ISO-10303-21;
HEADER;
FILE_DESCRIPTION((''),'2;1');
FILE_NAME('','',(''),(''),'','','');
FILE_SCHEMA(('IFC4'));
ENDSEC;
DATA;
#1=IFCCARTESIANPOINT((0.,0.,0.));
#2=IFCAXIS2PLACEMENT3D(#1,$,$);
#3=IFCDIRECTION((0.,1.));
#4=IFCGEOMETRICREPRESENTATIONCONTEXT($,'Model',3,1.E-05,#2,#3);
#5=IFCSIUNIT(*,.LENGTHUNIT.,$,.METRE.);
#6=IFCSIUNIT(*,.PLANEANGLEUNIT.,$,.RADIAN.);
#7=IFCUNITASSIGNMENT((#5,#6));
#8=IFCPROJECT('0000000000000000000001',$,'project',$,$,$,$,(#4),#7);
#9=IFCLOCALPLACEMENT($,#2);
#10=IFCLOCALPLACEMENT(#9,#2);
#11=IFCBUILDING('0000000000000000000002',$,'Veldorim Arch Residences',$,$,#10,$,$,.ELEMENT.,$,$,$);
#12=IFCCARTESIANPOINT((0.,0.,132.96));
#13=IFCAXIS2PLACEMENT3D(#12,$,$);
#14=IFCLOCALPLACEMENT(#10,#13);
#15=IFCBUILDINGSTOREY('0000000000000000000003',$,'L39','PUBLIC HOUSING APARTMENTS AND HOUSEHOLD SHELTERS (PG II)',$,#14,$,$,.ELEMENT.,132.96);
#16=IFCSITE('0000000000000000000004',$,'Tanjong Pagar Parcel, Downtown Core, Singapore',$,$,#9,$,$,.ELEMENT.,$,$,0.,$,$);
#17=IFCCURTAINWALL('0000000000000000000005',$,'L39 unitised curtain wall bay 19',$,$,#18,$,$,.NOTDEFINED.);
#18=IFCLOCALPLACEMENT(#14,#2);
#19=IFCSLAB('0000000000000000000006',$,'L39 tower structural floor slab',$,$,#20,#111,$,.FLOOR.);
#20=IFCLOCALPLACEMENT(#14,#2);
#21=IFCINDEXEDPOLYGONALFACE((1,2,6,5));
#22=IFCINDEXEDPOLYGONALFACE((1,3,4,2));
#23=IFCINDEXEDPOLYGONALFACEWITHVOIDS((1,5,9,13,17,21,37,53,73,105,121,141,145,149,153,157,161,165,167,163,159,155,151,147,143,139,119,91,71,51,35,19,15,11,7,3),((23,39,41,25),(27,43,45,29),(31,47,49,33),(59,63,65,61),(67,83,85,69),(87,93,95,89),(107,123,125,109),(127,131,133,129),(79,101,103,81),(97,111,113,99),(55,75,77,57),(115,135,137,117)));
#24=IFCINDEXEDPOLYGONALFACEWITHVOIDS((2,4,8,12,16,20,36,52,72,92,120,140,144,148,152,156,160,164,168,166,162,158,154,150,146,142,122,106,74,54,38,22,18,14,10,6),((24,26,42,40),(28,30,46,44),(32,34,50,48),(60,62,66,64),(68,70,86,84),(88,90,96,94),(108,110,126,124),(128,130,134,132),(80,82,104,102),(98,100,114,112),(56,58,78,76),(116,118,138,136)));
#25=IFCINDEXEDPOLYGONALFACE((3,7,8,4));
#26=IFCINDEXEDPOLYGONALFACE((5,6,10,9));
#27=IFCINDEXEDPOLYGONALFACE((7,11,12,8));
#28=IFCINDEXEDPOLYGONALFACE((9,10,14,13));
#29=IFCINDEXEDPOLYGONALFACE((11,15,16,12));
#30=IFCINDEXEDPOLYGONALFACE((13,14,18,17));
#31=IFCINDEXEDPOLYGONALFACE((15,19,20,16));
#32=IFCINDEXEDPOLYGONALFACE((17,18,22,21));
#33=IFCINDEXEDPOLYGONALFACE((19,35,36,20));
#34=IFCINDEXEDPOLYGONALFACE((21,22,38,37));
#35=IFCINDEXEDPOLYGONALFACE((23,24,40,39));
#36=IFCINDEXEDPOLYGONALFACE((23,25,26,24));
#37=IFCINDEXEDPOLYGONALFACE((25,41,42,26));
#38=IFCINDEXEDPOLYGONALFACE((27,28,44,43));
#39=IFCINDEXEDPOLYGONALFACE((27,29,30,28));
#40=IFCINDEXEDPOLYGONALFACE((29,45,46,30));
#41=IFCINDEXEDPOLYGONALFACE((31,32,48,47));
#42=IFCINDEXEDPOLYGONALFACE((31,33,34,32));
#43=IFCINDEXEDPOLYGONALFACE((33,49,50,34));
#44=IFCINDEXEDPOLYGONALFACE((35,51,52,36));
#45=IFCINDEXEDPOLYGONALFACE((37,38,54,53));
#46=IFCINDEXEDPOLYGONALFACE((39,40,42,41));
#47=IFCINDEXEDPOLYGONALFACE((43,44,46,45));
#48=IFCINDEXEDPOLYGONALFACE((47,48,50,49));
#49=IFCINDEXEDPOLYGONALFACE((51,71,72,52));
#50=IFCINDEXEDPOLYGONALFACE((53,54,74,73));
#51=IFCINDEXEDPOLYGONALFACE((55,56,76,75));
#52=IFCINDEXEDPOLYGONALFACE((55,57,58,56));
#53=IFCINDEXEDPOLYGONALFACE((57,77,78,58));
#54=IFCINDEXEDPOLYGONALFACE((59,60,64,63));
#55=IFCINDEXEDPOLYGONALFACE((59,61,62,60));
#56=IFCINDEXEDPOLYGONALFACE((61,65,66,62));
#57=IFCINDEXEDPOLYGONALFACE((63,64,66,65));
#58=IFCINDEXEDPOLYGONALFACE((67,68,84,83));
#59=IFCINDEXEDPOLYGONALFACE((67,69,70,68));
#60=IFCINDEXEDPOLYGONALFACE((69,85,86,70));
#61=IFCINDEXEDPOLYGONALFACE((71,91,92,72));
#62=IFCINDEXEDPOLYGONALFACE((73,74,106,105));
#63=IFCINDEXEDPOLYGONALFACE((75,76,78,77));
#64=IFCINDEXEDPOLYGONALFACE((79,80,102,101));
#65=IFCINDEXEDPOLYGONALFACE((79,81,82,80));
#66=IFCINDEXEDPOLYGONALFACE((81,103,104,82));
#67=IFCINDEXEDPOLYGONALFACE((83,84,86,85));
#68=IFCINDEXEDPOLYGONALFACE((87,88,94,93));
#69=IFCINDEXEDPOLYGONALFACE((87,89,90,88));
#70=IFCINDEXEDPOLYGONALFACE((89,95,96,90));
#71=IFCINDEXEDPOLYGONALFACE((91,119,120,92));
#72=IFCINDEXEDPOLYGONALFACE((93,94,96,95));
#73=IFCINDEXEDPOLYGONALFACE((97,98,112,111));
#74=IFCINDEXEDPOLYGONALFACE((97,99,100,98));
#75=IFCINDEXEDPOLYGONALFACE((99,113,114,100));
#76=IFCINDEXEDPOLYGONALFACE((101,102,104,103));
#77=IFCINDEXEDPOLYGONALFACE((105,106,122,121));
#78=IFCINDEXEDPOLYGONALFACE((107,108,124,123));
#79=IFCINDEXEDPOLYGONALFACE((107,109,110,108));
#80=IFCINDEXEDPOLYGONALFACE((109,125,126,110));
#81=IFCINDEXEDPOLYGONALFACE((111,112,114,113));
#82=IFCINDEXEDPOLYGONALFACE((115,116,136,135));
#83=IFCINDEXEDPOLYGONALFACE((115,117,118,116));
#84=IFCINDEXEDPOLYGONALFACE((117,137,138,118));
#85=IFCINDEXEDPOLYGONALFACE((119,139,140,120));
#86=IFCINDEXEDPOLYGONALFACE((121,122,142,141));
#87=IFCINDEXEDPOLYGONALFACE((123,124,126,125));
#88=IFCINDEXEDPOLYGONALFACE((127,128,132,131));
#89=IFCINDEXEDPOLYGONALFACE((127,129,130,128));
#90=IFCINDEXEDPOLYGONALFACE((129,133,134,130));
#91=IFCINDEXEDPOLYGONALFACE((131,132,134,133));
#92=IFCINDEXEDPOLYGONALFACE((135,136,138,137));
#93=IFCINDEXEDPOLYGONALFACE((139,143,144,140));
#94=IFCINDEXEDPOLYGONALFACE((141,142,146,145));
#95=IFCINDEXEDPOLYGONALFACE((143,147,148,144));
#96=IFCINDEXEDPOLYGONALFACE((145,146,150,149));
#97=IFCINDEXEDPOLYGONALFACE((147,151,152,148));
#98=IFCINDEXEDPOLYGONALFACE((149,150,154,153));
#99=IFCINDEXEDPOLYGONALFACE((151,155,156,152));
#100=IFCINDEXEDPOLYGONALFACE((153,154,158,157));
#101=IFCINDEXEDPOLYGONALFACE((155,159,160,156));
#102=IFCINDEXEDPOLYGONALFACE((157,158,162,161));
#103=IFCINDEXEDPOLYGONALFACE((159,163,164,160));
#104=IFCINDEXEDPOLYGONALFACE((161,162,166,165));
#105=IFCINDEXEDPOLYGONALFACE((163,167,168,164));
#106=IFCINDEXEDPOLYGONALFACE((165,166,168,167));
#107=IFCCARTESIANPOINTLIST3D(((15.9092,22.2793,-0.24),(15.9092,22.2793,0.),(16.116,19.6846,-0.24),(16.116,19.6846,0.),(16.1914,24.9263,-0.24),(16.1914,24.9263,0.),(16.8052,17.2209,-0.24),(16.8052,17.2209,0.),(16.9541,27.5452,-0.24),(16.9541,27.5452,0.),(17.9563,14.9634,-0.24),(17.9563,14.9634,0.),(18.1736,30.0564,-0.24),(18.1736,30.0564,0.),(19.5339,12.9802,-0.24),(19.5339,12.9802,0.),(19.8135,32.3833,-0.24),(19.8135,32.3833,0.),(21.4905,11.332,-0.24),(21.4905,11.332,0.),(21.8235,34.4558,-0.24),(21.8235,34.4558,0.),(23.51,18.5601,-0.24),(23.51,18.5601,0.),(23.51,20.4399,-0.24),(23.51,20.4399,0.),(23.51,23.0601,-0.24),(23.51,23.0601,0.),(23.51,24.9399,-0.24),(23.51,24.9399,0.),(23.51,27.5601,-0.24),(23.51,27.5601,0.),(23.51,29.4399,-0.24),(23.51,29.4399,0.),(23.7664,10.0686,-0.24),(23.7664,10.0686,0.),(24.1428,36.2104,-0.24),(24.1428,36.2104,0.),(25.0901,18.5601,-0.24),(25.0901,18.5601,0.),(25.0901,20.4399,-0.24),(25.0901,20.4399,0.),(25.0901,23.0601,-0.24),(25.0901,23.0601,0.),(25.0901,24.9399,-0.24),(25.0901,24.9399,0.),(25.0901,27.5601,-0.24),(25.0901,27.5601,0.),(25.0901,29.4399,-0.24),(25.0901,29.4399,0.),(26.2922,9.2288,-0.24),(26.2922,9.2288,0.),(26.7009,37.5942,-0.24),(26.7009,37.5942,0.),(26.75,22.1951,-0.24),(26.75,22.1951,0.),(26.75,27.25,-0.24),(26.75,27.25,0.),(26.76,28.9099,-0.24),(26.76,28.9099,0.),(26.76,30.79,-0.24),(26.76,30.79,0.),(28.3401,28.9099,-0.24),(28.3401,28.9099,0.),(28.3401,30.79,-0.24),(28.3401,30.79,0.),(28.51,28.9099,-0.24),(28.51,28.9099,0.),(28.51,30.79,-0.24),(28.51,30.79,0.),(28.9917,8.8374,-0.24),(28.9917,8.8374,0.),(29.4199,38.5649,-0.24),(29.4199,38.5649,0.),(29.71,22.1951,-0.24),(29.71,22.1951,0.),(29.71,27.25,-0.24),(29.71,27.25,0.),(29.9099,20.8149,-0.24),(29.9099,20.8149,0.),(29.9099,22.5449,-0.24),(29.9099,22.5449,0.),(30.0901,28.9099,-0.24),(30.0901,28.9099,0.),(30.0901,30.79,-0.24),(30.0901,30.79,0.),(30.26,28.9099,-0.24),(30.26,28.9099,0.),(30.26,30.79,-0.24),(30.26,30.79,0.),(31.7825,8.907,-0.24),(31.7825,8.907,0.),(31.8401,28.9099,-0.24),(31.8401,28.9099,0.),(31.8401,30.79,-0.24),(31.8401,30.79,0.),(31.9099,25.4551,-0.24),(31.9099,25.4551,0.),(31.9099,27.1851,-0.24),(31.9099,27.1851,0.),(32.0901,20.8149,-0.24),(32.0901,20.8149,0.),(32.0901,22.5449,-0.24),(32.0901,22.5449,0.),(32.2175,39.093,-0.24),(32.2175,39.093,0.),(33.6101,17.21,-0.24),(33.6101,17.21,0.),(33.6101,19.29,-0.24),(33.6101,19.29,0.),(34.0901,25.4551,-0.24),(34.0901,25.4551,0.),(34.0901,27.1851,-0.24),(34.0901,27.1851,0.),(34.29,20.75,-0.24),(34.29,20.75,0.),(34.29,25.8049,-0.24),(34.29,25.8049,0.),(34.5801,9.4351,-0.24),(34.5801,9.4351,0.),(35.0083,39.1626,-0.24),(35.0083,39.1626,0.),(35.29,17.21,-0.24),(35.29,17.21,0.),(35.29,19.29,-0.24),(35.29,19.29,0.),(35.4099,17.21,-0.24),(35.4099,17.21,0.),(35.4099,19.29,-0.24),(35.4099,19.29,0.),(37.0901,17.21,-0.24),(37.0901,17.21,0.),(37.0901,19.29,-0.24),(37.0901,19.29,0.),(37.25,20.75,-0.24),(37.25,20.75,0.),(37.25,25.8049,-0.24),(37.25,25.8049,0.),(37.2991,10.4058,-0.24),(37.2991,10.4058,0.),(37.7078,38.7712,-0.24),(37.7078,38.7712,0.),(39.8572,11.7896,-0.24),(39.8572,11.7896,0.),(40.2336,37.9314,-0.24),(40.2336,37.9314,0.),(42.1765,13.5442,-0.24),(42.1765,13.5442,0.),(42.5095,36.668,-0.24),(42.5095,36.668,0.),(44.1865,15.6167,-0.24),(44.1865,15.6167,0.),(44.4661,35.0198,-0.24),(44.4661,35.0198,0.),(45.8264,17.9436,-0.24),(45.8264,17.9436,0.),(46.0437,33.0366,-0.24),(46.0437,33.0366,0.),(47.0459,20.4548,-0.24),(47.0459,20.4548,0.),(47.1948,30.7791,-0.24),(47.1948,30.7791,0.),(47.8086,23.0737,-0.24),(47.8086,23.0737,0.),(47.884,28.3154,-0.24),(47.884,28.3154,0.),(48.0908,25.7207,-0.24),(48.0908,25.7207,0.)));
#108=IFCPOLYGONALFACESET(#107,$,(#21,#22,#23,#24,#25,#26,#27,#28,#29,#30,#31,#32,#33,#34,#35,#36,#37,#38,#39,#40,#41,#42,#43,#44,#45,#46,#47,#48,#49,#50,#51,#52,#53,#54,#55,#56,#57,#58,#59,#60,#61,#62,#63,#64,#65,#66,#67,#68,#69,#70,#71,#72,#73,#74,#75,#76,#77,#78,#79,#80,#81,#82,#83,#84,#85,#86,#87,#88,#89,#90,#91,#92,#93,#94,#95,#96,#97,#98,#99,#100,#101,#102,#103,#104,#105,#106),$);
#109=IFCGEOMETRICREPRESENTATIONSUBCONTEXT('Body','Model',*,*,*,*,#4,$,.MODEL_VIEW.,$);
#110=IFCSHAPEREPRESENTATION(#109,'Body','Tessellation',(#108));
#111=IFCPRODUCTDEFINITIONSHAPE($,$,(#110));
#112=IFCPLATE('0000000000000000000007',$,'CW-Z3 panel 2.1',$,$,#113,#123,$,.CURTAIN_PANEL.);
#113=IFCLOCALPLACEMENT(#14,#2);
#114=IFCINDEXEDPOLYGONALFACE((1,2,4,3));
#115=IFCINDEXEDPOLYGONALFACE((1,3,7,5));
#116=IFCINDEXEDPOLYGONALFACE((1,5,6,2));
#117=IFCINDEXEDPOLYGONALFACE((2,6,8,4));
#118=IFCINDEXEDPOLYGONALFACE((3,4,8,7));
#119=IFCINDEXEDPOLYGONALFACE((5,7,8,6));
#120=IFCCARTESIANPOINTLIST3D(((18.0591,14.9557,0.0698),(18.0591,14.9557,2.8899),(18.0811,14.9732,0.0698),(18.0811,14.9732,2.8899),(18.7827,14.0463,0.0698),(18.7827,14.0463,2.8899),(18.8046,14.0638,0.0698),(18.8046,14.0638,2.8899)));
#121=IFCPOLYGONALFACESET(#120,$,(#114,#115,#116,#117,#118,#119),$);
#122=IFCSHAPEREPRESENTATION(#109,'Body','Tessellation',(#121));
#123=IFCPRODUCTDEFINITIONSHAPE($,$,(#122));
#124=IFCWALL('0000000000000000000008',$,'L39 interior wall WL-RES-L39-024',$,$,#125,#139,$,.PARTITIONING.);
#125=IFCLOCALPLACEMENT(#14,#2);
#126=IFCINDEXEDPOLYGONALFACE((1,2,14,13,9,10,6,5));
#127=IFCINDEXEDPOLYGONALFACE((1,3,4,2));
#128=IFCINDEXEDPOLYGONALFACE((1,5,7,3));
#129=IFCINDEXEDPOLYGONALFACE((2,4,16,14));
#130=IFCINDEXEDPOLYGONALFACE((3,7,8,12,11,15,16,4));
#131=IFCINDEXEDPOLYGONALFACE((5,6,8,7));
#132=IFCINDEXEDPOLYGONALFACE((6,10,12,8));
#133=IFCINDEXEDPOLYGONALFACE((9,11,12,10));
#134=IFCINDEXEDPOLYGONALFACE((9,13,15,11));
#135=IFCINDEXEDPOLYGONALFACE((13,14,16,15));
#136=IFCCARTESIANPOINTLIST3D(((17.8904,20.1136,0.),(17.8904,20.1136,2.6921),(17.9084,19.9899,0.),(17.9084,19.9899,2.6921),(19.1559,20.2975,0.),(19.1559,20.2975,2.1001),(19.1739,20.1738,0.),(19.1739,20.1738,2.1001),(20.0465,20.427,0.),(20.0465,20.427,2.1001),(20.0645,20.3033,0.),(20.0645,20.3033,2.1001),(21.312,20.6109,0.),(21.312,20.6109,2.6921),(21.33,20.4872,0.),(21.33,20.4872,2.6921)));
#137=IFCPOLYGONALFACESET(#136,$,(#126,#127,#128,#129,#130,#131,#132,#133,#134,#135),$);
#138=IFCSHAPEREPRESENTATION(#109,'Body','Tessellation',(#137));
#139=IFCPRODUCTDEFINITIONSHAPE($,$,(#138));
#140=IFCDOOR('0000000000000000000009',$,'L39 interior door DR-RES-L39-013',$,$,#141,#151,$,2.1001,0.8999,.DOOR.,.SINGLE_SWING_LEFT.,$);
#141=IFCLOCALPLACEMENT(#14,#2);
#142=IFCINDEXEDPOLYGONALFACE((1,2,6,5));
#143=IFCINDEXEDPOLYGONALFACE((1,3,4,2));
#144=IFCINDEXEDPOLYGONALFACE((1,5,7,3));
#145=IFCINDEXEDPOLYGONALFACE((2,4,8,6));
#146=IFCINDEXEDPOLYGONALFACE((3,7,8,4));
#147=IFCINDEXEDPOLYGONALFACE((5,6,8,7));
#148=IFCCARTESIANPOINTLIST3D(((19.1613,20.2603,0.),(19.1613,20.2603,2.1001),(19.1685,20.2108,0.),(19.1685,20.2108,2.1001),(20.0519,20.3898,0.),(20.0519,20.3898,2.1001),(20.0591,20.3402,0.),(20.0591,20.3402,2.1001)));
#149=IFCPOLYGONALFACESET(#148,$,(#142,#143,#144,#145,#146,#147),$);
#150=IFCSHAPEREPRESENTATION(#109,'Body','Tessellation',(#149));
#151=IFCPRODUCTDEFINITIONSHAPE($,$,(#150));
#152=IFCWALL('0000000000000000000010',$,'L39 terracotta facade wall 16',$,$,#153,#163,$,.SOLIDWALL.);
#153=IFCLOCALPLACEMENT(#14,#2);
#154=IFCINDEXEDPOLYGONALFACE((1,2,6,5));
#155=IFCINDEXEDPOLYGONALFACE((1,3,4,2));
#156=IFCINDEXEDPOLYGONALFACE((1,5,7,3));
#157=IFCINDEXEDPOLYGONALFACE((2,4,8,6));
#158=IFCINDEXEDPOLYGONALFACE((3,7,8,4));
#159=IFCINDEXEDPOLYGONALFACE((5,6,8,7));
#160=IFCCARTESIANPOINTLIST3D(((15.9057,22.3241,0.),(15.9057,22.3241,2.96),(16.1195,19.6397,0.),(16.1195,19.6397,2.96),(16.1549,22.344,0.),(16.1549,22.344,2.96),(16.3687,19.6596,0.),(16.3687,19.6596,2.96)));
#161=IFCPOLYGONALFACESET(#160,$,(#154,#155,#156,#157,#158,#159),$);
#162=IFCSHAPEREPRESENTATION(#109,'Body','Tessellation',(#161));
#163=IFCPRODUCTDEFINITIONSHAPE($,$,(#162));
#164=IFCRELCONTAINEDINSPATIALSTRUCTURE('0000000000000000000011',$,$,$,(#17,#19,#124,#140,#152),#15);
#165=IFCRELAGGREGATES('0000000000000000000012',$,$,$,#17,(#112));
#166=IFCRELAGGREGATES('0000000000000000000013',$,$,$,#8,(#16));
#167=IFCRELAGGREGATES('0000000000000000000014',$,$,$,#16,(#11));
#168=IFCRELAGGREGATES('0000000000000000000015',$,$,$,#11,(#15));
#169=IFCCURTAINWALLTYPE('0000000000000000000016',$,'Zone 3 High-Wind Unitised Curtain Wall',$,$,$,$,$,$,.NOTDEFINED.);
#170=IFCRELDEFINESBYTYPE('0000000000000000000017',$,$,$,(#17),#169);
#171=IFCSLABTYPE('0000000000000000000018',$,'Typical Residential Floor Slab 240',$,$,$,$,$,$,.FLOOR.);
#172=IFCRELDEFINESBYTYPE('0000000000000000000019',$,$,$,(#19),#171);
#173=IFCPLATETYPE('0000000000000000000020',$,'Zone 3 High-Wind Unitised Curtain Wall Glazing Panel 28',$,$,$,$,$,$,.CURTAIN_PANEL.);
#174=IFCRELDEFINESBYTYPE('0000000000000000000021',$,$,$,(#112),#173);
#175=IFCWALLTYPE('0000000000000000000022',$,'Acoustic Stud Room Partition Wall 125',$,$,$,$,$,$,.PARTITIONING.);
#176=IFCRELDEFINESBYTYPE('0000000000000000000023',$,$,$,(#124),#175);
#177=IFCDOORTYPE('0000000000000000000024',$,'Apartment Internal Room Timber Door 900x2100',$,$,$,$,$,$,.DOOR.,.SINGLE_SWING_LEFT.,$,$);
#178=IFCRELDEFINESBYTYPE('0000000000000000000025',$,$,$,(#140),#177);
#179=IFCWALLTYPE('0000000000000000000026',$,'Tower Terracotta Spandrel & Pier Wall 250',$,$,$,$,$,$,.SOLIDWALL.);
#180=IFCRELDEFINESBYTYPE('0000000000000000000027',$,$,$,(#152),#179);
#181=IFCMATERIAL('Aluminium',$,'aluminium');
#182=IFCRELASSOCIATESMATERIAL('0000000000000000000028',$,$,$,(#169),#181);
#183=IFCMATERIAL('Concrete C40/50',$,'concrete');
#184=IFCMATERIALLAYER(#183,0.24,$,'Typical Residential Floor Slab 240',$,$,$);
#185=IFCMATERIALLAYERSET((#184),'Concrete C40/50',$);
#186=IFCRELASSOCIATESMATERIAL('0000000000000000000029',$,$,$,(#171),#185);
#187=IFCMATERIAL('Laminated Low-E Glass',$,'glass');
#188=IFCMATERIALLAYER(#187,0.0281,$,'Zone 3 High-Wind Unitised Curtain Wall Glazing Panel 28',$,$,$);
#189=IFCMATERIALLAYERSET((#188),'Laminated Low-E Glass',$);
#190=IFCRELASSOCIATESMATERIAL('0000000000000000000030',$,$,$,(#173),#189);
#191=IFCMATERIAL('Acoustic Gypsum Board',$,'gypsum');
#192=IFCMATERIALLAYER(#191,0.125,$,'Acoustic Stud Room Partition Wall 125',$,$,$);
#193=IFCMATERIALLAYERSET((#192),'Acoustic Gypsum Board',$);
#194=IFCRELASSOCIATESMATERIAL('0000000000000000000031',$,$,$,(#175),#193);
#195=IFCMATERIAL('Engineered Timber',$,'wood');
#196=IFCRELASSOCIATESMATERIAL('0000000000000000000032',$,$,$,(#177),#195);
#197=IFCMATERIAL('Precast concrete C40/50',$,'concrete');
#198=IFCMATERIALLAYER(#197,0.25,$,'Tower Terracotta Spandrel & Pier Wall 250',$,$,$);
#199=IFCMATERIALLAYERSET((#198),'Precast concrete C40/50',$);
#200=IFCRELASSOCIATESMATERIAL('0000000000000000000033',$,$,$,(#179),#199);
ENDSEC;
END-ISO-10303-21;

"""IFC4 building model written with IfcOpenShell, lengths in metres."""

from ifc_helpers import new_model, si_unit, direction, frame, frame_2d, origin, origin_2d, place, context, subcontext, project, spatial, polyline, rectangle, outline, extrude, material, layer, layer_set, type_object, element, fill, aggregate, save


model = new_model("IFC4")

# Units and contexts
model_context = context("Model", 3, precision=1e-05, world=origin(), true_north=direction((0.0, 1.0)))
body_context = subcontext(model_context, "Body", "Model", "MODEL_VIEW")
ifc_project = project(units=[si_unit("LENGTHUNIT", "METRE"), si_unit("PLANEANGLEUNIT", "RADIAN")], contexts=[model_context])

# Site, building, storey
site_placement = place(None, origin())
site = spatial("IfcSite", under=ifc_project, at=site_placement, Name="Tanjong Pagar Parcel, Downtown Core, Singapore", CompositionType="ELEMENT", RefElevation=0.0)
building_placement = place(site_placement, origin())
building = spatial("IfcBuilding", under=site, at=building_placement, Name="Veldorim Arch Residences", CompositionType="ELEMENT")
storey_placement = place(building_placement, frame((0.0, 0.0, 132.96)))
storey = spatial("IfcBuildingStorey", under=building, at=storey_placement, Name="L39", Description="PUBLIC HOUSING APARTMENTS AND HOUSEHOLD SHELTERS (PG II)", CompositionType="ELEMENT", Elevation=132.96)

# Curtain wall
ifc_material_1 = material(Name="Aluminium", Category="aluminium")
curtain_wall_type = type_object("IfcCurtainWallType", Name="Zone 3 High-Wind Unitised Curtain Wall", PredefinedType="NOTDEFINED", material=ifc_material_1)
curtain_wall_placement = place(storey_placement, origin())
curtain_wall = element("IfcCurtainWall", 1, at=curtain_wall_placement, inside=storey, type_object=curtain_wall_type, Name="L39 unitised curtain wall bay 19", PredefinedType="NOTDEFINED")

# Slab
ifc_material_2 = material(Name="Concrete C40/50", Category="concrete")
ifc_layer_1 = layer(ifc_material_2, 0.24, Name="Typical Residential Floor Slab 240")
ifc_layer_set_1 = layer_set([ifc_layer_1], Name="Concrete C40/50")
slab_type_1 = type_object("IfcSlabType", Name="Typical Residential Floor Slab 240", PredefinedType="FLOOR", material=ifc_layer_set_1)
slab_1_placement = place(storey_placement, frame((0.0, 0.0, -0.24)))
element("IfcSlab", 2, at=slab_1_placement, inside=storey, type_object=slab_type_1, Name="L39 tower structural floor slab", PredefinedType="FLOOR", context=body_context, shape_type="SweptSolid", body=[
    extrude(outline(polyline([(46.0437, 33.0366), (44.4661, 35.0198), (42.5095, 36.668), (40.2336, 37.9314), (37.7078, 38.7712), (35.0083, 39.1626), (32.2175, 39.093), (29.4199, 38.5649), (26.7009, 37.5942), (24.1428, 36.2104), (21.8235, 34.4558), (19.8135, 32.3833), (18.1736, 30.0564), (16.9541, 27.5452), (16.1914, 24.9263), (15.9092, 22.2793), (16.116, 19.6846), (16.8052, 17.2209), (17.9563, 14.9634), (19.5339, 12.9802), (21.4905, 11.332), (23.7664, 10.0686), (26.2922, 9.2288), (28.9917, 8.8374), (31.7825, 8.907), (34.5801, 9.4351), (37.2991, 10.4058), (39.8572, 11.7896), (42.1765, 13.5442), (44.1865, 15.6167), (45.8264, 17.9436), (47.0459, 20.4548), (47.8086, 23.0737), (48.0908, 25.7207), (47.884, 28.3154), (47.1948, 30.7791), (46.0437, 33.0366)]), holes=[polyline([(23.51, 18.5601), (23.51, 20.4399), (25.0901, 20.4399), (25.0901, 18.5601), (23.51, 18.5601)]), polyline([(23.51, 24.9399), (25.0901, 24.9399), (25.0901, 23.0601), (23.51, 23.0601), (23.51, 24.9399)]), polyline([(26.75, 27.25), (29.71, 27.25), (29.71, 22.1951), (26.75, 22.1951), (26.75, 27.25)]), polyline([(23.51, 27.5601), (23.51, 29.4399), (25.0901, 29.4399), (25.0901, 27.5601), (23.51, 27.5601)]), polyline([(26.76, 30.79), (28.3401, 30.79), (28.3401, 28.9099), (26.76, 28.9099), (26.76, 30.79)]), polyline([(28.51, 30.79), (30.0901, 30.79), (30.0901, 28.9099), (28.51, 28.9099), (28.51, 30.79)]), polyline([(33.6101, 17.21), (33.6101, 19.29), (35.29, 19.29), (35.29, 17.21), (33.6101, 17.21)]), polyline([(35.4099, 19.29), (37.0901, 19.29), (37.0901, 17.21), (35.4099, 17.21), (35.4099, 19.29)]), polyline([(29.9099, 22.5449), (32.0901, 22.5449), (32.0901, 20.8149), (29.9099, 20.8149), (29.9099, 22.5449)]), polyline([(34.29, 20.75), (34.29, 25.8049), (37.25, 25.8049), (37.25, 20.75), (34.29, 20.75)]), polyline([(31.9099, 27.1851), (34.0901, 27.1851), (34.0901, 25.4551), (31.9099, 25.4551), (31.9099, 27.1851)]), polyline([(30.26, 30.79), (31.8401, 30.79), (31.8401, 28.9099), (30.26, 28.9099), (30.26, 30.79)])]), origin(), (0.0, 0.0, 1.0), 0.24),
])

# Plate
ifc_material_3 = material(Name="Laminated Low-E Glass", Category="glass")
ifc_layer_2 = layer(ifc_material_3, 0.0281, Name="Zone 3 High-Wind Unitised Curtain Wall Glazing Panel 28")
ifc_layer_set_2 = layer_set([ifc_layer_2], Name="Laminated Low-E Glass")
plate_type = type_object("IfcPlateType", Name="Zone 3 High-Wind Unitised Curtain Wall Glazing Panel 28", PredefinedType="CURTAIN_PANEL", material=ifc_layer_set_2)
plate_placement = place(storey_placement, frame((18.4319, 14.5098, 0.0698), z_axis=(0.0, 0.0, 1.0), x_axis=(-0.62258, 0.782556, 0.0)))
plate = element("IfcPlate", 3, at=plate_placement, type_object=plate_type, Name="CW-Z3 panel 2.1", PredefinedType="CURTAIN_PANEL", context=body_context, shape_type="SweptSolid", body=[
    extrude(rectangle(XDim=1.1621, YDim=0.0281, at=origin_2d()), origin(), (0.0, 0.0, 1.0), 2.8201),
])
aggregate(curtain_wall, [plate])

# Wall, opening, door
ifc_material_4 = material(Name="Acoustic Gypsum Board", Category="gypsum")
ifc_layer_3 = layer(ifc_material_4, 0.125, Name="Acoustic Stud Room Partition Wall 125")
ifc_layer_set_3 = layer_set([ifc_layer_3], Name="Acoustic Gypsum Board")
wall_type_1 = type_object("IfcWallType", Name="Acoustic Stud Room Partition Wall 125", PredefinedType="PARTITIONING", material=ifc_layer_set_3)
wall_1_placement = place(storey_placement, frame((17.8994, 20.0518, 0.0), z_axis=(0.0, 0.0, 1.0), x_axis=(0.989602, 0.143833, 0.0)))
wall_1 = element("IfcWall", 4, at=wall_1_placement, inside=storey, type_object=wall_type_1, Name="L39 interior wall WL-RES-L39-024", PredefinedType="PARTITIONING", context=body_context, shape_type="SweptSolid", body=[
    extrude(rectangle(XDim=3.4575, YDim=0.125, at=frame_2d((1.7288, 0.0))), origin(), (0.0, 0.0, 1.0), 2.6921),
])
opening_placement = place(wall_1_placement, frame((1.2788, 0.0, 0.0)))
opening = element("IfcOpeningElement", 5, at=opening_placement, cuts=wall_1, PredefinedType="OPENING", context=body_context, shape_type="SweptSolid", body=[
    extrude(rectangle(XDim=0.8999, YDim=2.1001, at=frame_2d((0.45, 1.05))), frame((0.0, 0.0725, 0.0), z_axis=(0.0, -1.0, 0.0), x_axis=(1.0, 0.0, 0.0)), (0.0, 0.0, 1.0), 0.145),
])
ifc_material_5 = material(Name="Engineered Timber", Category="wood")
door_type = type_object("IfcDoorType", Name="Apartment Internal Room Timber Door 900x2100", OperationType="SINGLE_SWING_LEFT", PredefinedType="DOOR", material=ifc_material_5)
door_placement = place(opening_placement, origin())
door = element("IfcDoor", 6, at=door_placement, inside=storey, type_object=door_type, Name="L39 interior door DR-RES-L39-013", OperationType="SINGLE_SWING_LEFT", OverallHeight=2.1001, OverallWidth=0.8999, PredefinedType="DOOR", context=body_context, shape_type="SweptSolid", body=[
    extrude(rectangle(XDim=0.8999, YDim=2.1001, at=frame_2d((0.45, 1.05))), frame((0.0, 0.0249, 0.0), z_axis=(0.0, -1.0, 0.0), x_axis=(1.0, 0.0, 0.0)), (0.0, 0.0, 1.0), 0.05),
])
fill(opening, door)

# Wall
ifc_material_6 = material(Name="Precast concrete C40/50", Category="concrete")
ifc_layer_4 = layer(ifc_material_6, 0.25, Name="Tower Terracotta Spandrel & Pier Wall 250")
ifc_layer_set_4 = layer_set([ifc_layer_4], Name="Precast concrete C40/50")
wall_type_2 = type_object("IfcWallType", Name="Tower Terracotta Spandrel & Pier Wall 250", PredefinedType="SOLIDWALL", material=ifc_layer_set_4)
wall_2_placement = place(storey_placement, frame((16.2441, 19.6497, 0.0), z_axis=(0.0, 0.0, 1.0), x_axis=(-0.079421, 0.996841, 0.0)))
element("IfcWall", 7, at=wall_2_placement, inside=storey, type_object=wall_type_2, Name="L39 terracotta facade wall 16", PredefinedType="SOLIDWALL", context=body_context, shape_type="SweptSolid", body=[
    extrude(rectangle(XDim=2.6929, YDim=0.25, at=frame_2d((1.3464, 0.0))), origin(), (0.0, 0.0, 1.0), 2.96),
])

save(model, "model.ifc")
